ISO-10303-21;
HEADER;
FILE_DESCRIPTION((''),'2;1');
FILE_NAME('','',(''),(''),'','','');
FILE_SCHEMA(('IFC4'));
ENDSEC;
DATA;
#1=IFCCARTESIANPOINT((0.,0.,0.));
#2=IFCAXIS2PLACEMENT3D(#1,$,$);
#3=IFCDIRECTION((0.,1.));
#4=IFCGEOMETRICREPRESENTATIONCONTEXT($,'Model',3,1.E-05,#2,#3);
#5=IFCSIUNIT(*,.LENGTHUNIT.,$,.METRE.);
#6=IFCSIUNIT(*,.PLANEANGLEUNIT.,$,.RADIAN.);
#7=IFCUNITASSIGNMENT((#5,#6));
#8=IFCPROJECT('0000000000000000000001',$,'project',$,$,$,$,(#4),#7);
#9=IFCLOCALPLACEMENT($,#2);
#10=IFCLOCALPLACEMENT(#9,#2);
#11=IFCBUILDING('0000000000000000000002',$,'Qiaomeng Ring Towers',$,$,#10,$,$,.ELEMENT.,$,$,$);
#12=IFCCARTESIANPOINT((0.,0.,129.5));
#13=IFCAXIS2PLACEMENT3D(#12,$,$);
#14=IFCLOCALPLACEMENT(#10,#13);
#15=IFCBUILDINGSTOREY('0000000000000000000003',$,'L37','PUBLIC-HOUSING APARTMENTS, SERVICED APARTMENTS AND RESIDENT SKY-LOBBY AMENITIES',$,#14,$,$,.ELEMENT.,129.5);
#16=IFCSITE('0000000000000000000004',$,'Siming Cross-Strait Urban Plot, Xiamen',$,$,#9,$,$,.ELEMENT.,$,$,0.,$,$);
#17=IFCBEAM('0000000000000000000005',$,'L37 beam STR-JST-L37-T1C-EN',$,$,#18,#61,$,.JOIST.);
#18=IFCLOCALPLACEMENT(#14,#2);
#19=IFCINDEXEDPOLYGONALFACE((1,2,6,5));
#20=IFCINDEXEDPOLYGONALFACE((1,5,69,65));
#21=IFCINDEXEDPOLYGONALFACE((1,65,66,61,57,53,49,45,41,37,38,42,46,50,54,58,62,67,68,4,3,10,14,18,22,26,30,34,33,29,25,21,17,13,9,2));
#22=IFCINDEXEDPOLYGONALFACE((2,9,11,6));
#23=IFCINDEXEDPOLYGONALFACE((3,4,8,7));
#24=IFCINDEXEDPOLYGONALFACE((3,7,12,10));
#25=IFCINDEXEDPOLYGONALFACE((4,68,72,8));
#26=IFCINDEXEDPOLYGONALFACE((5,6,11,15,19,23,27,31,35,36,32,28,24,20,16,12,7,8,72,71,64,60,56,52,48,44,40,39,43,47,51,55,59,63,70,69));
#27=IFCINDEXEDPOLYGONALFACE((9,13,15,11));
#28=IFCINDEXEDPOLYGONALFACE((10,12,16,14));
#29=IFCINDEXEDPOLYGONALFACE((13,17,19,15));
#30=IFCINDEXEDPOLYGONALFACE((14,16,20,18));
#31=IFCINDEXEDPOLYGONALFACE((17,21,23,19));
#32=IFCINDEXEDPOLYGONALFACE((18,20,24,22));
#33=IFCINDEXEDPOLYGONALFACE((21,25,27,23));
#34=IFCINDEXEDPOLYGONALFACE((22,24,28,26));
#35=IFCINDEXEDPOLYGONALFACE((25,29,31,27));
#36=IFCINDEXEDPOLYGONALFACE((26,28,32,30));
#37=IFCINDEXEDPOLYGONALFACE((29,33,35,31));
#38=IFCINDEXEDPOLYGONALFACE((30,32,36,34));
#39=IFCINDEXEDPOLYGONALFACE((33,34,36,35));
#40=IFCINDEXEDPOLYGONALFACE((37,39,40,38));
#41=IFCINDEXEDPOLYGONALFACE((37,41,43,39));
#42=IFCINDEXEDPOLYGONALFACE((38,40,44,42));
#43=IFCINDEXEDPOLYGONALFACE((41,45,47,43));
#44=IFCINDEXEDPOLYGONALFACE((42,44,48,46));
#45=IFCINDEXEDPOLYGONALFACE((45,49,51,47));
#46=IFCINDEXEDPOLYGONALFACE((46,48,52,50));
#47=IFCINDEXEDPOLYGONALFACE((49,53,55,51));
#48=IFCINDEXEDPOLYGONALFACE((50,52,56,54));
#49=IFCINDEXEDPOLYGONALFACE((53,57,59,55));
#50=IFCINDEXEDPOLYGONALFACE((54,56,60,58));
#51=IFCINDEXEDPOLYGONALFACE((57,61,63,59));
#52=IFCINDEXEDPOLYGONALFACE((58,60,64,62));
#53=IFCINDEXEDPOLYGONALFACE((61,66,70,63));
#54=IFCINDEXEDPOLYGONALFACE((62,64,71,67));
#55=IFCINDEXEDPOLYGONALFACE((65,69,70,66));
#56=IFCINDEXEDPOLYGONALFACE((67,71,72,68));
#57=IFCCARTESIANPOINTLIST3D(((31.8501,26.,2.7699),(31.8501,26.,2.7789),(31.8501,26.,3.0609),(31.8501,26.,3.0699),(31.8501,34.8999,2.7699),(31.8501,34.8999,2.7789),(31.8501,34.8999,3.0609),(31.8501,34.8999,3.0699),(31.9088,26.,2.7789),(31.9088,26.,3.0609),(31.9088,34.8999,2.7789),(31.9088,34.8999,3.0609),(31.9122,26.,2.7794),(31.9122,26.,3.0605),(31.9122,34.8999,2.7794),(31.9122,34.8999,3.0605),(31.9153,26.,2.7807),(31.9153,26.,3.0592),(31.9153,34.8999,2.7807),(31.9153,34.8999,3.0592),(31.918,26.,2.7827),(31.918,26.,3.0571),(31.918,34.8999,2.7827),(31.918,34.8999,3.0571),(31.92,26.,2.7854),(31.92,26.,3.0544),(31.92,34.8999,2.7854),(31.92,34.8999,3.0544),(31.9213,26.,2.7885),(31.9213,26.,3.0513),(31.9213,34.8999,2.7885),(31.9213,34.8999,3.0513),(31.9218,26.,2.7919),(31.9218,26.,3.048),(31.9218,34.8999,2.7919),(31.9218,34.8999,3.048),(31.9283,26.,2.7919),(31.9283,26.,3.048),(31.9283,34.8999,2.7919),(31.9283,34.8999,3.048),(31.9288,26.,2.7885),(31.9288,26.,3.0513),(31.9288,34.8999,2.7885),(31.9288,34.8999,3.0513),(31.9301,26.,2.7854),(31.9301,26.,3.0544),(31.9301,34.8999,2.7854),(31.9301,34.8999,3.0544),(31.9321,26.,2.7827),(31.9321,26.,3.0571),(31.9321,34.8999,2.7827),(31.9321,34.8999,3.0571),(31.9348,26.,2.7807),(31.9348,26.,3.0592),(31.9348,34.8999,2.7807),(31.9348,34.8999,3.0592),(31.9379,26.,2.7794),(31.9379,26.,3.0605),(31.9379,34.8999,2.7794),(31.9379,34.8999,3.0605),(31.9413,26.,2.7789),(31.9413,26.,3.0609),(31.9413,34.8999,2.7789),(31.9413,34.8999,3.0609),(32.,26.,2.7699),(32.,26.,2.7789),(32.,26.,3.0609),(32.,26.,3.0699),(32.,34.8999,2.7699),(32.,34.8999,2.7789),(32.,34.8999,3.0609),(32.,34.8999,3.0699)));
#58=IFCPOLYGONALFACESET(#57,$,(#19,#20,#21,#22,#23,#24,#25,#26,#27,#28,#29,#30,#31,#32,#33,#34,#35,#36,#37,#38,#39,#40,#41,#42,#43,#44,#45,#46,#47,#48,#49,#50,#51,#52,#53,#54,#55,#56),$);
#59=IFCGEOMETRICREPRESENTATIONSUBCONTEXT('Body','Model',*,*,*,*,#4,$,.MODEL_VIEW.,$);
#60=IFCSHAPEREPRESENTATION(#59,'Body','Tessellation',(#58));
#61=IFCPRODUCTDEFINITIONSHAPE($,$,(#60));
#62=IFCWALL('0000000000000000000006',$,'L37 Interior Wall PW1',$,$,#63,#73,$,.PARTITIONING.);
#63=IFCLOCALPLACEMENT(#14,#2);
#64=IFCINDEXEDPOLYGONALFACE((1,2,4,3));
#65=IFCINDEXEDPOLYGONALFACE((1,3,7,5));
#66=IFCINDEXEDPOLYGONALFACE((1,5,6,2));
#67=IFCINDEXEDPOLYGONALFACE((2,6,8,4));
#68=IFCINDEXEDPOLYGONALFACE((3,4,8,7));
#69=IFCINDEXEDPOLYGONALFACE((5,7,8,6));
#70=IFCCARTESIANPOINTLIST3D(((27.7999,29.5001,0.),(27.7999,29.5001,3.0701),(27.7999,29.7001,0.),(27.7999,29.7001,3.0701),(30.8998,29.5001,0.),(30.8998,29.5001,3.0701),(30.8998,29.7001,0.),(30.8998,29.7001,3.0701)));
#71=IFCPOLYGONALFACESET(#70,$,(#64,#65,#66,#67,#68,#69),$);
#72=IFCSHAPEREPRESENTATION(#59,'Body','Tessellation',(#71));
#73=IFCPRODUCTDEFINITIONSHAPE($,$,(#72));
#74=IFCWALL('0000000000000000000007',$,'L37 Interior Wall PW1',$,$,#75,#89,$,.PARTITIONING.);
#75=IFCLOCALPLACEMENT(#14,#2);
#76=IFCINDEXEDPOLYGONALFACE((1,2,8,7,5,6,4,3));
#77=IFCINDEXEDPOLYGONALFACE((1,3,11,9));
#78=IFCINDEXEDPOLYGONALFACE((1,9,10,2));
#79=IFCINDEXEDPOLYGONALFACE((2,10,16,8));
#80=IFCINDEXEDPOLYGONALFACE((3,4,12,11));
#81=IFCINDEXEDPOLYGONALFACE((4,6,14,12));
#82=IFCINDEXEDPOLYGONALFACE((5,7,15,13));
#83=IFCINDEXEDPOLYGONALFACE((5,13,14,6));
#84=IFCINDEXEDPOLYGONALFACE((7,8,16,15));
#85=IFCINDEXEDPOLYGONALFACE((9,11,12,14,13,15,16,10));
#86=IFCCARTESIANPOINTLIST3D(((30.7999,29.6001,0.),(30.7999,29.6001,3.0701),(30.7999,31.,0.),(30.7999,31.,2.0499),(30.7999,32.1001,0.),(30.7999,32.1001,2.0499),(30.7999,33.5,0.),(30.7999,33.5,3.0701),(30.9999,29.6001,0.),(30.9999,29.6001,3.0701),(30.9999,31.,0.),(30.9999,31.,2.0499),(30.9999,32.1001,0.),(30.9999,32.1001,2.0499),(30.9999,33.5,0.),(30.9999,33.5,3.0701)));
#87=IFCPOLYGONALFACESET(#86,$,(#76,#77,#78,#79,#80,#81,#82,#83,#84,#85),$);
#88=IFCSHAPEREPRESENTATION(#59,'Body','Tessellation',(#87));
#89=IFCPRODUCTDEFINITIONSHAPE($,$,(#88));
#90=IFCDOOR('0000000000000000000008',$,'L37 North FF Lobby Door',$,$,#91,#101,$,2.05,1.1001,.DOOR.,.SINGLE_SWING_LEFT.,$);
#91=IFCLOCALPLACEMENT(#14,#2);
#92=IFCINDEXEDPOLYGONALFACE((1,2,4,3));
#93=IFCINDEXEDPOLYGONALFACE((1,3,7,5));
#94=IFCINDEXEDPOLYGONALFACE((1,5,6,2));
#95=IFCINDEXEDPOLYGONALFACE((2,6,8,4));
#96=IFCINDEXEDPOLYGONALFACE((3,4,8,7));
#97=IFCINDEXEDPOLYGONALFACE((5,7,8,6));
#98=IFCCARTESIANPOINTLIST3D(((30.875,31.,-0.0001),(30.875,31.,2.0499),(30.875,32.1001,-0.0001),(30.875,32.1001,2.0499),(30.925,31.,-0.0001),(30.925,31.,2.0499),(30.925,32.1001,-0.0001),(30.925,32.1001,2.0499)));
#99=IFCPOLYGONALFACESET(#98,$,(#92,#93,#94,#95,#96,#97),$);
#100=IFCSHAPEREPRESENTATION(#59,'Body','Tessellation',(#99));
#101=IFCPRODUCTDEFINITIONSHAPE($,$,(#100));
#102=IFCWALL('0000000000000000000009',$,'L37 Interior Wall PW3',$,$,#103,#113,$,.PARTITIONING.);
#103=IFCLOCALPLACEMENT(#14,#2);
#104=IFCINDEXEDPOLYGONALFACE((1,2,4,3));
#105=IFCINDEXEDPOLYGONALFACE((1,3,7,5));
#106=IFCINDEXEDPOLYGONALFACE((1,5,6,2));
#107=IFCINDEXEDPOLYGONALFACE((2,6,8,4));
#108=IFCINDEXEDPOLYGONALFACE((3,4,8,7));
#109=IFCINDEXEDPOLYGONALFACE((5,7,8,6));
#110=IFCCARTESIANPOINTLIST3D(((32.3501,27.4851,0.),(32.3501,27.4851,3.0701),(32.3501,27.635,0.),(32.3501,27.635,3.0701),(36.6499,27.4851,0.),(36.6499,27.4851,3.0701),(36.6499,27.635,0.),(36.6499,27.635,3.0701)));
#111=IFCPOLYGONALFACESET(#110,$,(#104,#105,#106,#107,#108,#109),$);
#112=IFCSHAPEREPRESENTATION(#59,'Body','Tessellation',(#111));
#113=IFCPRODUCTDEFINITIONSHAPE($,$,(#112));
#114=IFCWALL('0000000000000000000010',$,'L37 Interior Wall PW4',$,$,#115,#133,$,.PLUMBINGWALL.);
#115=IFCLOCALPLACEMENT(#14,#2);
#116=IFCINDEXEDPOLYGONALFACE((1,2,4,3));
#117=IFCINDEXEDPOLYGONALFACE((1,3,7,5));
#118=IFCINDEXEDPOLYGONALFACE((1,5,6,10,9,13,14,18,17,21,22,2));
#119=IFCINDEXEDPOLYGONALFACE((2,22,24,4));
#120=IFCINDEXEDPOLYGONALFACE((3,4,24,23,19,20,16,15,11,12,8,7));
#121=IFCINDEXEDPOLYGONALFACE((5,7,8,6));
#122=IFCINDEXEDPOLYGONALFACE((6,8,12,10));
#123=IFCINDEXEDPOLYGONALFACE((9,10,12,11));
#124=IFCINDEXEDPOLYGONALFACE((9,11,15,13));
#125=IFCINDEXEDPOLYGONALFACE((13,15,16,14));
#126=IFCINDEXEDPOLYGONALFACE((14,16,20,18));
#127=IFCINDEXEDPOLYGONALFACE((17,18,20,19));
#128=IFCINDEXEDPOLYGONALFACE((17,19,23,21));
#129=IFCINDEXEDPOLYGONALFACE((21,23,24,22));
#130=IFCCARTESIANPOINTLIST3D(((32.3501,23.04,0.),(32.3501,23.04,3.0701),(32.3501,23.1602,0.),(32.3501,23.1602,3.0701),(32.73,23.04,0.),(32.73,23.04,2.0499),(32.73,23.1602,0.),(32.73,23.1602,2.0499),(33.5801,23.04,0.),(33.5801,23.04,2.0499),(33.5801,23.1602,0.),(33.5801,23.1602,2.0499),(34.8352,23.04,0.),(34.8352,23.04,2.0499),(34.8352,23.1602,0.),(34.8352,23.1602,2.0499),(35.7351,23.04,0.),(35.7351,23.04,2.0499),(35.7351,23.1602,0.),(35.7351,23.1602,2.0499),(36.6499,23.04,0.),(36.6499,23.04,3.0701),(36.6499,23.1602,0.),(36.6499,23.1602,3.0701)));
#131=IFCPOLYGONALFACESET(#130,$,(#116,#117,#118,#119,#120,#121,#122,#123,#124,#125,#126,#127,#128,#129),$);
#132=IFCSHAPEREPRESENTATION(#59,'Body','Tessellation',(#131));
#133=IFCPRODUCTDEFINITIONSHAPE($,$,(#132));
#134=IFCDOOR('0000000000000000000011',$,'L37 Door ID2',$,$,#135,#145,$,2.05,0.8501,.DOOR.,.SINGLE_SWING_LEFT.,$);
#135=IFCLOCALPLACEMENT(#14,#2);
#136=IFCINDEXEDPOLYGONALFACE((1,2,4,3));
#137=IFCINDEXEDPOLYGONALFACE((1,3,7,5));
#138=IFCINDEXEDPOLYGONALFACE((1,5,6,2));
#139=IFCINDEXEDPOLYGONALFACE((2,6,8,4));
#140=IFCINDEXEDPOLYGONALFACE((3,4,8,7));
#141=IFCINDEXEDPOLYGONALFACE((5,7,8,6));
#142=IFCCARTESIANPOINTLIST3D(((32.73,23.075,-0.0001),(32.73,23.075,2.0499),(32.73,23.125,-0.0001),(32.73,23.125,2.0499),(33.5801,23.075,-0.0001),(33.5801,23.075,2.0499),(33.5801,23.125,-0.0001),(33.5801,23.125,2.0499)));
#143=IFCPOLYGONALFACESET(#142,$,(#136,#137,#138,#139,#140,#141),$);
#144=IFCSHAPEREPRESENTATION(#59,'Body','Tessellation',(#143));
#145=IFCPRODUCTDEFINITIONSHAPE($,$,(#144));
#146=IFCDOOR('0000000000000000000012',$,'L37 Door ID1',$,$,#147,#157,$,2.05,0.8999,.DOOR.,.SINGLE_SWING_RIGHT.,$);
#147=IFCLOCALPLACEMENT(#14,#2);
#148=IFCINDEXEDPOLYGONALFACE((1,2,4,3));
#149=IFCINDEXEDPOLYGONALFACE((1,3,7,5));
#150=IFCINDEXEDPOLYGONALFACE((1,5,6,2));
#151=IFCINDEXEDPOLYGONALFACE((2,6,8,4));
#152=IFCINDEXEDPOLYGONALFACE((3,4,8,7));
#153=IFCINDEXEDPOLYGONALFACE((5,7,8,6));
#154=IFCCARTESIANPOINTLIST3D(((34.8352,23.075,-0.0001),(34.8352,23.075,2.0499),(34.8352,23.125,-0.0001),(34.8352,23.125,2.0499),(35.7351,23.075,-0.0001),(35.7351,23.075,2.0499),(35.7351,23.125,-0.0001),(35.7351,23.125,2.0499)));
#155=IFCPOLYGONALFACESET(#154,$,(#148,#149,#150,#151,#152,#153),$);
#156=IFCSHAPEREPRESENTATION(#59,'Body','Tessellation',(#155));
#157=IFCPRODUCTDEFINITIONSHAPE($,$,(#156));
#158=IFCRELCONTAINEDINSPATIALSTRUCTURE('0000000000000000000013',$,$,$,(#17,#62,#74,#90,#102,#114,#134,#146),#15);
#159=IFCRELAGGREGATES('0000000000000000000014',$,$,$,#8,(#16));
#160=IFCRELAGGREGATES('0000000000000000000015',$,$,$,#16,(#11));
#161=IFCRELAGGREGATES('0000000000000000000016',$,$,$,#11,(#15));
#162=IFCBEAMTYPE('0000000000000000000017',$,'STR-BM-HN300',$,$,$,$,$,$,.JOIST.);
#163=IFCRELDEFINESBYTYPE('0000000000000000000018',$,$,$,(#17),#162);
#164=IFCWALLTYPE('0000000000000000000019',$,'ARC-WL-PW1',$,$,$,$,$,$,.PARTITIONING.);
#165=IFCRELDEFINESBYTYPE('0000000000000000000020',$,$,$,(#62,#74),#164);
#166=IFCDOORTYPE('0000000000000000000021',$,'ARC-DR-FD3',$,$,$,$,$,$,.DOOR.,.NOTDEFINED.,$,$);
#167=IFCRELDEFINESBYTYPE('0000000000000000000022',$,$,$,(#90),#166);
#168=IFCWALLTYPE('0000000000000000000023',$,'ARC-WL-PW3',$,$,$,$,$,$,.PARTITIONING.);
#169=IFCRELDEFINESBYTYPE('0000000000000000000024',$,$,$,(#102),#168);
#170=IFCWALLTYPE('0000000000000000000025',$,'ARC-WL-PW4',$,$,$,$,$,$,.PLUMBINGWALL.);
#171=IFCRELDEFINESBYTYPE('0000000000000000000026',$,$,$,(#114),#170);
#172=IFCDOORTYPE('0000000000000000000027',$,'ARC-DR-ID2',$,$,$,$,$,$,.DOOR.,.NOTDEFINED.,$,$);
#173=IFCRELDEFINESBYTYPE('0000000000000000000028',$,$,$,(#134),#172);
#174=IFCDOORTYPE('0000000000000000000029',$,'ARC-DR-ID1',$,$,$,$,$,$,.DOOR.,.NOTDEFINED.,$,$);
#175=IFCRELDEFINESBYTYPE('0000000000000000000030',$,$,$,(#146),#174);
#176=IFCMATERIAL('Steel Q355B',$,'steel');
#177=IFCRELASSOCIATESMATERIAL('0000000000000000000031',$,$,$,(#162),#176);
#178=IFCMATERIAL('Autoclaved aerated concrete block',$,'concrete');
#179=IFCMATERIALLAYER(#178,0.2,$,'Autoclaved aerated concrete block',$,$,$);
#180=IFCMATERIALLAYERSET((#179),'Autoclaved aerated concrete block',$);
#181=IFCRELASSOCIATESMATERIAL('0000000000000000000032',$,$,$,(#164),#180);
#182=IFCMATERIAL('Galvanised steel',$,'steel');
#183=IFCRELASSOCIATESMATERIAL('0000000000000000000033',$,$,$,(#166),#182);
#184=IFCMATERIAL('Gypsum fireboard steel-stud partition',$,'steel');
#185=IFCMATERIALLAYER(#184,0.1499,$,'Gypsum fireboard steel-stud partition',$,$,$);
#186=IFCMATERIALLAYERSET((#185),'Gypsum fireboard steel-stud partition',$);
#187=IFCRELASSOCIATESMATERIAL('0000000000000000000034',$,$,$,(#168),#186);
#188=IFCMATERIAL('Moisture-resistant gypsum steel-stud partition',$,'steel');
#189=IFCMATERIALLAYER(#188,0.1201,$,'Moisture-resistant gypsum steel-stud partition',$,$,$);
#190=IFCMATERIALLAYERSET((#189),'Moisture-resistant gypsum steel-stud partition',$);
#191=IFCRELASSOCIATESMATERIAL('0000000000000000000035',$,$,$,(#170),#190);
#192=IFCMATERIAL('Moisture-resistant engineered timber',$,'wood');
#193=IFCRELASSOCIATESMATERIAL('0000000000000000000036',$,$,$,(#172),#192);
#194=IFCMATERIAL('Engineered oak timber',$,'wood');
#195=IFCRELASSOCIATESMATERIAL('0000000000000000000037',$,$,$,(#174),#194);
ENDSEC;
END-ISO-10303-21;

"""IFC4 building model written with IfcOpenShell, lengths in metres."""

from ifc_helpers import new_model, si_unit, direction, frame, frame_2d, origin, origin_2d, place, context, subcontext, project, spatial, rectangle, i_section, extrude, source, transform, mapped, material, layer, layer_set, material_profile, profile_set, type_object, element, fill, save


model = new_model("IFC4")

# Units and contexts
model_context = context("Model", 3, precision=1e-05, world=origin(), true_north=direction((0.0, 1.0)))
body_context = subcontext(model_context, "Body", "Model", "MODEL_VIEW")
ifc_project = project(units=[si_unit("LENGTHUNIT", "METRE"), si_unit("PLANEANGLEUNIT", "RADIAN")], contexts=[model_context])

# Site, building, storey
site_placement = place(None, origin())
site = spatial("IfcSite", under=ifc_project, at=site_placement, Name="Siming Cross-Strait Urban Plot, Xiamen", CompositionType="ELEMENT", RefElevation=0.0)
building_placement = place(site_placement, origin())
building = spatial("IfcBuilding", under=site, at=building_placement, Name="Qiaomeng Ring Towers", CompositionType="ELEMENT")
storey_placement = place(building_placement, frame((0.0, 0.0, 129.5)))
storey = spatial("IfcBuildingStorey", under=building, at=storey_placement, Name="L37", Description="PUBLIC-HOUSING APARTMENTS, SERVICED APARTMENTS AND RESIDENT SKY-LOBBY AMENITIES", CompositionType="ELEMENT", Elevation=129.5)

# Beam
ifc_material_1 = material(Name="Steel Q355B", Category="steel")
ifc_material_profile_1 = material_profile(ifc_material_1, i_section(OverallWidth=0.1499, OverallDepth=0.3, WebThickness=0.0066, FlangeThickness=0.009, FilletRadius=0.0129, at=origin_2d()), Name="HN 300x150x6.5x9")
ifc_profile_set_1 = profile_set([ifc_material_profile_1], Name="Steel Q355B")
beam_type_1 = type_object("IfcBeamType", Name="STR-BM-HN300", PredefinedType="JOIST", material=ifc_profile_set_1)
shared_shape_1 = source(origin(), body_context, "Body", "SweptSolid", [
    extrude(i_section(OverallWidth=0.1499, OverallDepth=0.3, WebThickness=0.0066, FlangeThickness=0.009, FilletRadius=0.0129, at=origin_2d()), origin(), (0.0, 0.0, 1.0), 8.8999),
])
beam_1_placement = place(storey_placement, frame((31.925, 26.0, 2.9199), z_axis=(0.0, 1.0, 0.0), x_axis=(-1.0, 0.0, 0.0)))
element("IfcBeam", 1, at=beam_1_placement, inside=storey, type_object=beam_type_1, Name="L37 beam STR-JST-L37-T1C-EN", PredefinedType="JOIST", context=body_context, shape_type="MappedRepresentation", body=[
    mapped(shared_shape_1, transform((0.0, 0.0, 0.0), x_axis=(1.0, 0.0, 0.0), y_axis=(0.0, 1.0, 0.0), z_axis=(0.0, 0.0, 1.0), scale=1.0)),
])

# Wall
ifc_material_2 = material(Name="Autoclaved aerated concrete block", Category="concrete")
ifc_layer_1 = layer(ifc_material_2, 0.2, Name="Autoclaved aerated concrete block")
ifc_layer_set_1 = layer_set([ifc_layer_1], Name="Autoclaved aerated concrete block")
wall_type_1 = type_object("IfcWallType", Name="ARC-WL-PW1", PredefinedType="PARTITIONING", material=ifc_layer_set_1)
wall_1_placement = place(storey_placement, frame((27.8, 29.6001, 0.0), z_axis=(0.0, 0.0, 1.0), x_axis=(1.0, 0.0, 0.0)))
element("IfcWall", 2, at=wall_1_placement, inside=storey, type_object=wall_type_1, Name="L37 Interior Wall PW1", PredefinedType="PARTITIONING", context=body_context, shape_type="SweptSolid", body=[
    extrude(rectangle(XDim=3.0999, YDim=0.2, at=frame_2d((1.5498, 0.0))), origin(), (0.0, 0.0, 1.0), 3.0701),
])

# Wall, opening, door
wall_2_placement = place(storey_placement, frame((30.8999, 29.6001, 0.0), z_axis=(0.0, 0.0, 1.0), x_axis=(0.0, 1.0, 0.0)))
wall_2 = element("IfcWall", 3, at=wall_2_placement, inside=storey, type_object=wall_type_1, Name="L37 Interior Wall PW1", PredefinedType="PARTITIONING", context=body_context, shape_type="SweptSolid", body=[
    extrude(rectangle(XDim=3.8999, YDim=0.2, at=frame_2d((1.95, 0.0))), origin(), (0.0, 0.0, 1.0), 3.0701),
])
opening_1_placement = place(wall_2_placement, frame((1.3999, 0.0, 0.0)))
opening_1 = element("IfcOpeningElement", 4, at=opening_1_placement, cuts=wall_2, PredefinedType="OPENING", context=body_context, shape_type="SweptSolid", body=[
    extrude(rectangle(XDim=1.1001, YDim=2.05, at=frame_2d((0.55, 1.0249))), frame((0.0, 0.1099, 0.0), z_axis=(0.0, -1.0, 0.0), x_axis=(1.0, 0.0, 0.0)), (0.0, 0.0, 1.0), 0.22),
])
ifc_material_3 = material(Name="Galvanised steel", Category="steel")
door_type_1 = type_object("IfcDoorType", Name="ARC-DR-FD3", OperationType="NOTDEFINED", PredefinedType="DOOR", material=ifc_material_3)
shared_shape_2 = source(origin(), body_context, "Body", "SweptSolid", [
    extrude(rectangle(XDim=1.1001, YDim=2.05, at=frame_2d((0.55, 1.0249))), frame((0.0, 0.0249, 0.0), z_axis=(0.0, -1.0, 0.0), x_axis=(1.0, 0.0, 0.0)), (0.0, 0.0, 1.0), 0.05),
])
door_1_placement = place(opening_1_placement, origin())
door_1 = element("IfcDoor", 5, at=door_1_placement, inside=storey, type_object=door_type_1, Name="L37 North FF Lobby Door", OperationType="SINGLE_SWING_LEFT", OverallHeight=2.05, OverallWidth=1.1001, PredefinedType="DOOR", context=body_context, shape_type="MappedRepresentation", body=[
    mapped(shared_shape_2, transform((0.0, 0.0, 0.0), x_axis=(1.0, 0.0, 0.0), y_axis=(0.0, 1.0, 0.0), z_axis=(0.0, 0.0, 1.0), scale=1.0)),
])
fill(opening_1, door_1)

# Wall
ifc_material_4 = material(Name="Gypsum fireboard steel-stud partition", Category="steel")
ifc_layer_2 = layer(ifc_material_4, 0.1499, Name="Gypsum fireboard steel-stud partition")
ifc_layer_set_2 = layer_set([ifc_layer_2], Name="Gypsum fireboard steel-stud partition")
wall_type_2 = type_object("IfcWallType", Name="ARC-WL-PW3", PredefinedType="PARTITIONING", material=ifc_layer_set_2)
wall_3_placement = place(storey_placement, frame((32.3501, 27.5601, 0.0), z_axis=(0.0, 0.0, 1.0), x_axis=(1.0, 0.0, 0.0)))
element("IfcWall", 6, at=wall_3_placement, inside=storey, type_object=wall_type_2, Name="L37 Interior Wall PW3", PredefinedType="PARTITIONING", context=body_context, shape_type="SweptSolid", body=[
    extrude(rectangle(XDim=4.2998, YDim=0.1499, at=frame_2d((2.1499, 0.0))), origin(), (0.0, 0.0, 1.0), 3.0701),
])

# Wall, openings, doors
ifc_material_5 = material(Name="Moisture-resistant gypsum steel-stud partition", Category="steel")
ifc_layer_3 = layer(ifc_material_5, 0.1201, Name="Moisture-resistant gypsum steel-stud partition")
ifc_layer_set_3 = layer_set([ifc_layer_3], Name="Moisture-resistant gypsum steel-stud partition")
wall_type_3 = type_object("IfcWallType", Name="ARC-WL-PW4", PredefinedType="PLUMBINGWALL", material=ifc_layer_set_3)
wall_4_placement = place(storey_placement, frame((32.3501, 23.1001, 0.0), z_axis=(0.0, 0.0, 1.0), x_axis=(1.0, 0.0, 0.0)))
wall_4 = element("IfcWall", 7, at=wall_4_placement, inside=storey, type_object=wall_type_3, Name="L37 Interior Wall PW4", PredefinedType="PLUMBINGWALL", context=body_context, shape_type="SweptSolid", body=[
    extrude(rectangle(XDim=4.2998, YDim=0.1201, at=frame_2d((2.1499, 0.0))), origin(), (0.0, 0.0, 1.0), 3.0701),
])
opening_2_placement = place(wall_4_placement, frame((0.3799, 0.0, 0.0)))
opening_2 = element("IfcOpeningElement", 8, at=opening_2_placement, cuts=wall_4, PredefinedType="OPENING", context=body_context, shape_type="SweptSolid", body=[
    extrude(rectangle(XDim=0.8501, YDim=2.05, at=frame_2d((0.425, 1.0249))), frame((0.0, 0.0701, 0.0), z_axis=(0.0, -1.0, 0.0), x_axis=(1.0, 0.0, 0.0)), (0.0, 0.0, 1.0), 0.1401),
])
opening_3_placement = place(wall_4_placement, frame((2.4851, 0.0, 0.0)))
opening_3 = element("IfcOpeningElement", 9, at=opening_3_placement, cuts=wall_4, PredefinedType="OPENING", context=body_context, shape_type="SweptSolid", body=[
    extrude(rectangle(XDim=0.8999, YDim=2.05, at=frame_2d((0.45, 1.0249))), frame((0.0, 0.0701, 0.0), z_axis=(0.0, -1.0, 0.0), x_axis=(1.0, 0.0, 0.0)), (0.0, 0.0, 1.0), 0.1401),
])
ifc_material_6 = material(Name="Moisture-resistant engineered timber", Category="wood")
door_type_2 = type_object("IfcDoorType", Name="ARC-DR-ID2", OperationType="NOTDEFINED", PredefinedType="DOOR", material=ifc_material_6)
shared_shape_3 = source(origin(), body_context, "Body", "SweptSolid", [
    extrude(rectangle(XDim=0.8501, YDim=2.05, at=frame_2d((0.425, 1.0249))), frame((0.0, 0.0249, 0.0), z_axis=(0.0, -1.0, 0.0), x_axis=(1.0, 0.0, 0.0)), (0.0, 0.0, 1.0), 0.05),
])
door_2_placement = place(opening_2_placement, origin())
door_2 = element("IfcDoor", 10, at=door_2_placement, inside=storey, type_object=door_type_2, Name="L37 Door ID2", OperationType="SINGLE_SWING_LEFT", OverallHeight=2.05, OverallWidth=0.8501, PredefinedType="DOOR", context=body_context, shape_type="MappedRepresentation", body=[
    mapped(shared_shape_3, transform((0.0, 0.0, 0.0), x_axis=(1.0, 0.0, 0.0), y_axis=(0.0, 1.0, 0.0), z_axis=(0.0, 0.0, 1.0), scale=1.0)),
])
fill(opening_2, door_2)
ifc_material_7 = material(Name="Engineered oak timber", Category="wood")
door_type_3 = type_object("IfcDoorType", Name="ARC-DR-ID1", OperationType="NOTDEFINED", PredefinedType="DOOR", material=ifc_material_7)
shared_shape_4 = source(origin(), body_context, "Body", "SweptSolid", [
    extrude(rectangle(XDim=0.8999, YDim=2.05, at=frame_2d((0.45, 1.0249))), frame((0.0, 0.0249, 0.0), z_axis=(0.0, -1.0, 0.0), x_axis=(1.0, 0.0, 0.0)), (0.0, 0.0, 1.0), 0.05),
])
door_3_placement = place(opening_3_placement, origin())
door_3 = element("IfcDoor", 11, at=door_3_placement, inside=storey, type_object=door_type_3, Name="L37 Door ID1", OperationType="SINGLE_SWING_RIGHT", OverallHeight=2.05, OverallWidth=0.8999, PredefinedType="DOOR", context=body_context, shape_type="MappedRepresentation", body=[
    mapped(shared_shape_4, transform((0.0, 0.0, 0.0), x_axis=(1.0, 0.0, 0.0), y_axis=(0.0, 1.0, 0.0), z_axis=(0.0, 0.0, 1.0), scale=1.0)),
])
fill(opening_3, door_3)

save(model, "model.ifc")
